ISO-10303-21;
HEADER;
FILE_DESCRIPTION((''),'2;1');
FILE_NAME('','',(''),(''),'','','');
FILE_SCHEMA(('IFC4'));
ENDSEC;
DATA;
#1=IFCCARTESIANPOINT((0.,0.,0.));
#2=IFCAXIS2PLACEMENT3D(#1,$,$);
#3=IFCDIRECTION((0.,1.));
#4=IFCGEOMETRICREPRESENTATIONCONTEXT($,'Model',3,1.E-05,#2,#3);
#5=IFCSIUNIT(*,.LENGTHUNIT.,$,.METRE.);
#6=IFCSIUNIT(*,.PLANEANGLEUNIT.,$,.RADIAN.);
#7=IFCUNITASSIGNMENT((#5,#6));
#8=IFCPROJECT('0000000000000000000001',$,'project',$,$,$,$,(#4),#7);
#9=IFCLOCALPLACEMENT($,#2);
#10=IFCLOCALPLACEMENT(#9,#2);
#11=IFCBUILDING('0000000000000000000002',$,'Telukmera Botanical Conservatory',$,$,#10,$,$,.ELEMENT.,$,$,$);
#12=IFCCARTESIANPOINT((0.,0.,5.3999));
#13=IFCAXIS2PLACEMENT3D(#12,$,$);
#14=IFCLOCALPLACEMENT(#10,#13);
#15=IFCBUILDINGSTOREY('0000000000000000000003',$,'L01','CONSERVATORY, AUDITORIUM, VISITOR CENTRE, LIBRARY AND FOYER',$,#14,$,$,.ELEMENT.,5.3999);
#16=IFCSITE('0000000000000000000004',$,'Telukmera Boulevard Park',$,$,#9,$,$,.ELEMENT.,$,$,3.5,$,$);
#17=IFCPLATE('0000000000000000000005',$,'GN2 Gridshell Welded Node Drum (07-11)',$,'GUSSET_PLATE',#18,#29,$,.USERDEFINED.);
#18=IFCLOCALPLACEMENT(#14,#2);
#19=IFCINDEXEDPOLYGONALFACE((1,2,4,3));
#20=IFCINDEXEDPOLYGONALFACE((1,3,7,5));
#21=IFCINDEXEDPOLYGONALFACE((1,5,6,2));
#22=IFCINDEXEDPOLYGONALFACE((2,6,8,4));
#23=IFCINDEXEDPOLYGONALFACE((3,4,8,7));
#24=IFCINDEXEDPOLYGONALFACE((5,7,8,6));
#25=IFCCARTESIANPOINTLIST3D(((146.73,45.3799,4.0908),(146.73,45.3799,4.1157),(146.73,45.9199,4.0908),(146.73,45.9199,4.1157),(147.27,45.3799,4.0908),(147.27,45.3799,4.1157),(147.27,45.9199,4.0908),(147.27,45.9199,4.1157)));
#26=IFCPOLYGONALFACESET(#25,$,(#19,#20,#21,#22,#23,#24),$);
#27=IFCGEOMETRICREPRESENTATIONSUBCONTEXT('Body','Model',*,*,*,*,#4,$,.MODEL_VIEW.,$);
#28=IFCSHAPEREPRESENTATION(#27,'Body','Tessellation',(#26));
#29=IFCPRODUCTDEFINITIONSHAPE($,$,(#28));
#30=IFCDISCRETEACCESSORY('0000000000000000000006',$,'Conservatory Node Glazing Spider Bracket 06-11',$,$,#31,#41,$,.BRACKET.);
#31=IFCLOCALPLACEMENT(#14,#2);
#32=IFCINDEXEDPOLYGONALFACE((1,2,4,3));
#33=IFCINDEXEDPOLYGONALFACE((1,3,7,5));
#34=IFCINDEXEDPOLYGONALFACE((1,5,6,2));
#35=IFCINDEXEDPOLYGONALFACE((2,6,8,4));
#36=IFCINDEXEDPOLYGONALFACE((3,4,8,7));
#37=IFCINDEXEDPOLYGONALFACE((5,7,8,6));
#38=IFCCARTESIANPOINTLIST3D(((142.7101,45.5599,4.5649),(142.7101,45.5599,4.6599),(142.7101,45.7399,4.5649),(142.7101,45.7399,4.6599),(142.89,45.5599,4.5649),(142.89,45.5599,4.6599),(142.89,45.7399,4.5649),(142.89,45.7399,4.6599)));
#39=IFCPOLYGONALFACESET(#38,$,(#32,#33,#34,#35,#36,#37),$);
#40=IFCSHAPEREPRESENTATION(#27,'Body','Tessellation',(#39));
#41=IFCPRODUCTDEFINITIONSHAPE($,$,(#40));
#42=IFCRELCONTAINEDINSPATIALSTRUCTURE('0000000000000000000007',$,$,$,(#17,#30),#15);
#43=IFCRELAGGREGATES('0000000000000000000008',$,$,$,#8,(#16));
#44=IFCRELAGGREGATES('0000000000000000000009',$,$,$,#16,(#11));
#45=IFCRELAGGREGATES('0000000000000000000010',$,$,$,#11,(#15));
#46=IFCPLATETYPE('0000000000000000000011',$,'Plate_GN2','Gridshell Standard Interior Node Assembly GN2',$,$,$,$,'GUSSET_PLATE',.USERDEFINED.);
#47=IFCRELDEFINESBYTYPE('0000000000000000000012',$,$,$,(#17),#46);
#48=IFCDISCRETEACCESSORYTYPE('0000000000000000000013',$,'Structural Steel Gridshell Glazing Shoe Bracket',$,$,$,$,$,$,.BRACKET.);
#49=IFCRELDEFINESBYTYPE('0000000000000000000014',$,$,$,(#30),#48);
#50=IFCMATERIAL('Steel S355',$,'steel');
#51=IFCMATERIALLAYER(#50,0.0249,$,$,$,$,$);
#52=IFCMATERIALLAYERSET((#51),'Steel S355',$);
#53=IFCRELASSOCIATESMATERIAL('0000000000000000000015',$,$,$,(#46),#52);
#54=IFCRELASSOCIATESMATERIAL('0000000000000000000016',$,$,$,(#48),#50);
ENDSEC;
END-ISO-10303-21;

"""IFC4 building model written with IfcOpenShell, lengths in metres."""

from ifc_helpers import new_model, si_unit, direction, frame, origin, origin_2d, place, context, subcontext, project, spatial, rectangle, extrude, material, layer, layer_set, type_object, element, save


model = new_model("IFC4")

# Units and contexts
model_context = context("Model", 3, precision=1e-05, world=origin(), true_north=direction((0.0, 1.0)))
body_context = subcontext(model_context, "Body", "Model", "MODEL_VIEW")
ifc_project = project(units=[si_unit("LENGTHUNIT", "METRE"), si_unit("PLANEANGLEUNIT", "RADIAN")], contexts=[model_context])

# Site, building, storey
site_placement = place(None, origin())
site = spatial("IfcSite", under=ifc_project, at=site_placement, Name="Telukmera Boulevard Park", CompositionType="ELEMENT", RefElevation=3.5)
building_placement = place(site_placement, origin())
building = spatial("IfcBuilding", under=site, at=building_placement, Name="Telukmera Botanical Conservatory", CompositionType="ELEMENT")
storey_placement = place(building_placement, frame((0.0, 0.0, 5.3999)))
storey = spatial("IfcBuildingStorey", under=building, at=storey_placement, Name="L01", Description="CONSERVATORY, AUDITORIUM, VISITOR CENTRE, LIBRARY AND FOYER", CompositionType="ELEMENT", Elevation=5.3999)

# Shared definitions
ifc_material_1 = material(Name="Steel S355", Category="steel")

# Plate
ifc_layer_1 = layer(ifc_material_1, 0.0249)
ifc_layer_set_1 = layer_set([ifc_layer_1], Name="Steel S355")
plate_type_1 = type_object("IfcPlateType", Name="Plate_GN2", Description="Gridshell Standard Interior Node Assembly GN2", ElementType="GUSSET_PLATE", PredefinedType="USERDEFINED", material=ifc_layer_set_1)
for number, where, z_axis, x_axis, name in (
    (1, (147.0, 45.6499, 4.0908), (0.0, 0.0, 1.0), (1.0, 0.0, 0.0), "GN2 Gridshell Welded Node Drum (07-11)"),
):
    element("IfcPlate", number, at=place(storey_placement, frame(where, z_axis=z_axis, x_axis=x_axis)), inside=storey, type_object=plate_type_1, Name=name, ObjectType="GUSSET_PLATE", PredefinedType="USERDEFINED", context=body_context, shape_type="SweptSolid", body=[
        extrude(rectangle(XDim=0.54, YDim=0.54, at=origin_2d()), origin(), (0.0, 0.0, 1.0), 0.0249),
    ])

# Discrete accessory
discrete_accessory_type = type_object("IfcDiscreteAccessoryType", Name="Structural Steel Gridshell Glazing Shoe Bracket", PredefinedType="BRACKET", material=ifc_material_1)
discrete_accessory_placement = place(storey_placement, frame((142.8, 45.6499, 4.5649), z_axis=(0.0, 0.0, 1.0), x_axis=(1.0, 0.0, 0.0)))
element("IfcDiscreteAccessory", 2, at=discrete_accessory_placement, inside=storey, type_object=discrete_accessory_type, Name="Conservatory Node Glazing Spider Bracket 06-11", PredefinedType="BRACKET", context=body_context, shape_type="SweptSolid", body=[
    extrude(rectangle(XDim=0.1799, YDim=0.1799, at=origin_2d()), origin(), (0.0, 0.0, 1.0), 0.095),
])

save(model, "model.ifc")
